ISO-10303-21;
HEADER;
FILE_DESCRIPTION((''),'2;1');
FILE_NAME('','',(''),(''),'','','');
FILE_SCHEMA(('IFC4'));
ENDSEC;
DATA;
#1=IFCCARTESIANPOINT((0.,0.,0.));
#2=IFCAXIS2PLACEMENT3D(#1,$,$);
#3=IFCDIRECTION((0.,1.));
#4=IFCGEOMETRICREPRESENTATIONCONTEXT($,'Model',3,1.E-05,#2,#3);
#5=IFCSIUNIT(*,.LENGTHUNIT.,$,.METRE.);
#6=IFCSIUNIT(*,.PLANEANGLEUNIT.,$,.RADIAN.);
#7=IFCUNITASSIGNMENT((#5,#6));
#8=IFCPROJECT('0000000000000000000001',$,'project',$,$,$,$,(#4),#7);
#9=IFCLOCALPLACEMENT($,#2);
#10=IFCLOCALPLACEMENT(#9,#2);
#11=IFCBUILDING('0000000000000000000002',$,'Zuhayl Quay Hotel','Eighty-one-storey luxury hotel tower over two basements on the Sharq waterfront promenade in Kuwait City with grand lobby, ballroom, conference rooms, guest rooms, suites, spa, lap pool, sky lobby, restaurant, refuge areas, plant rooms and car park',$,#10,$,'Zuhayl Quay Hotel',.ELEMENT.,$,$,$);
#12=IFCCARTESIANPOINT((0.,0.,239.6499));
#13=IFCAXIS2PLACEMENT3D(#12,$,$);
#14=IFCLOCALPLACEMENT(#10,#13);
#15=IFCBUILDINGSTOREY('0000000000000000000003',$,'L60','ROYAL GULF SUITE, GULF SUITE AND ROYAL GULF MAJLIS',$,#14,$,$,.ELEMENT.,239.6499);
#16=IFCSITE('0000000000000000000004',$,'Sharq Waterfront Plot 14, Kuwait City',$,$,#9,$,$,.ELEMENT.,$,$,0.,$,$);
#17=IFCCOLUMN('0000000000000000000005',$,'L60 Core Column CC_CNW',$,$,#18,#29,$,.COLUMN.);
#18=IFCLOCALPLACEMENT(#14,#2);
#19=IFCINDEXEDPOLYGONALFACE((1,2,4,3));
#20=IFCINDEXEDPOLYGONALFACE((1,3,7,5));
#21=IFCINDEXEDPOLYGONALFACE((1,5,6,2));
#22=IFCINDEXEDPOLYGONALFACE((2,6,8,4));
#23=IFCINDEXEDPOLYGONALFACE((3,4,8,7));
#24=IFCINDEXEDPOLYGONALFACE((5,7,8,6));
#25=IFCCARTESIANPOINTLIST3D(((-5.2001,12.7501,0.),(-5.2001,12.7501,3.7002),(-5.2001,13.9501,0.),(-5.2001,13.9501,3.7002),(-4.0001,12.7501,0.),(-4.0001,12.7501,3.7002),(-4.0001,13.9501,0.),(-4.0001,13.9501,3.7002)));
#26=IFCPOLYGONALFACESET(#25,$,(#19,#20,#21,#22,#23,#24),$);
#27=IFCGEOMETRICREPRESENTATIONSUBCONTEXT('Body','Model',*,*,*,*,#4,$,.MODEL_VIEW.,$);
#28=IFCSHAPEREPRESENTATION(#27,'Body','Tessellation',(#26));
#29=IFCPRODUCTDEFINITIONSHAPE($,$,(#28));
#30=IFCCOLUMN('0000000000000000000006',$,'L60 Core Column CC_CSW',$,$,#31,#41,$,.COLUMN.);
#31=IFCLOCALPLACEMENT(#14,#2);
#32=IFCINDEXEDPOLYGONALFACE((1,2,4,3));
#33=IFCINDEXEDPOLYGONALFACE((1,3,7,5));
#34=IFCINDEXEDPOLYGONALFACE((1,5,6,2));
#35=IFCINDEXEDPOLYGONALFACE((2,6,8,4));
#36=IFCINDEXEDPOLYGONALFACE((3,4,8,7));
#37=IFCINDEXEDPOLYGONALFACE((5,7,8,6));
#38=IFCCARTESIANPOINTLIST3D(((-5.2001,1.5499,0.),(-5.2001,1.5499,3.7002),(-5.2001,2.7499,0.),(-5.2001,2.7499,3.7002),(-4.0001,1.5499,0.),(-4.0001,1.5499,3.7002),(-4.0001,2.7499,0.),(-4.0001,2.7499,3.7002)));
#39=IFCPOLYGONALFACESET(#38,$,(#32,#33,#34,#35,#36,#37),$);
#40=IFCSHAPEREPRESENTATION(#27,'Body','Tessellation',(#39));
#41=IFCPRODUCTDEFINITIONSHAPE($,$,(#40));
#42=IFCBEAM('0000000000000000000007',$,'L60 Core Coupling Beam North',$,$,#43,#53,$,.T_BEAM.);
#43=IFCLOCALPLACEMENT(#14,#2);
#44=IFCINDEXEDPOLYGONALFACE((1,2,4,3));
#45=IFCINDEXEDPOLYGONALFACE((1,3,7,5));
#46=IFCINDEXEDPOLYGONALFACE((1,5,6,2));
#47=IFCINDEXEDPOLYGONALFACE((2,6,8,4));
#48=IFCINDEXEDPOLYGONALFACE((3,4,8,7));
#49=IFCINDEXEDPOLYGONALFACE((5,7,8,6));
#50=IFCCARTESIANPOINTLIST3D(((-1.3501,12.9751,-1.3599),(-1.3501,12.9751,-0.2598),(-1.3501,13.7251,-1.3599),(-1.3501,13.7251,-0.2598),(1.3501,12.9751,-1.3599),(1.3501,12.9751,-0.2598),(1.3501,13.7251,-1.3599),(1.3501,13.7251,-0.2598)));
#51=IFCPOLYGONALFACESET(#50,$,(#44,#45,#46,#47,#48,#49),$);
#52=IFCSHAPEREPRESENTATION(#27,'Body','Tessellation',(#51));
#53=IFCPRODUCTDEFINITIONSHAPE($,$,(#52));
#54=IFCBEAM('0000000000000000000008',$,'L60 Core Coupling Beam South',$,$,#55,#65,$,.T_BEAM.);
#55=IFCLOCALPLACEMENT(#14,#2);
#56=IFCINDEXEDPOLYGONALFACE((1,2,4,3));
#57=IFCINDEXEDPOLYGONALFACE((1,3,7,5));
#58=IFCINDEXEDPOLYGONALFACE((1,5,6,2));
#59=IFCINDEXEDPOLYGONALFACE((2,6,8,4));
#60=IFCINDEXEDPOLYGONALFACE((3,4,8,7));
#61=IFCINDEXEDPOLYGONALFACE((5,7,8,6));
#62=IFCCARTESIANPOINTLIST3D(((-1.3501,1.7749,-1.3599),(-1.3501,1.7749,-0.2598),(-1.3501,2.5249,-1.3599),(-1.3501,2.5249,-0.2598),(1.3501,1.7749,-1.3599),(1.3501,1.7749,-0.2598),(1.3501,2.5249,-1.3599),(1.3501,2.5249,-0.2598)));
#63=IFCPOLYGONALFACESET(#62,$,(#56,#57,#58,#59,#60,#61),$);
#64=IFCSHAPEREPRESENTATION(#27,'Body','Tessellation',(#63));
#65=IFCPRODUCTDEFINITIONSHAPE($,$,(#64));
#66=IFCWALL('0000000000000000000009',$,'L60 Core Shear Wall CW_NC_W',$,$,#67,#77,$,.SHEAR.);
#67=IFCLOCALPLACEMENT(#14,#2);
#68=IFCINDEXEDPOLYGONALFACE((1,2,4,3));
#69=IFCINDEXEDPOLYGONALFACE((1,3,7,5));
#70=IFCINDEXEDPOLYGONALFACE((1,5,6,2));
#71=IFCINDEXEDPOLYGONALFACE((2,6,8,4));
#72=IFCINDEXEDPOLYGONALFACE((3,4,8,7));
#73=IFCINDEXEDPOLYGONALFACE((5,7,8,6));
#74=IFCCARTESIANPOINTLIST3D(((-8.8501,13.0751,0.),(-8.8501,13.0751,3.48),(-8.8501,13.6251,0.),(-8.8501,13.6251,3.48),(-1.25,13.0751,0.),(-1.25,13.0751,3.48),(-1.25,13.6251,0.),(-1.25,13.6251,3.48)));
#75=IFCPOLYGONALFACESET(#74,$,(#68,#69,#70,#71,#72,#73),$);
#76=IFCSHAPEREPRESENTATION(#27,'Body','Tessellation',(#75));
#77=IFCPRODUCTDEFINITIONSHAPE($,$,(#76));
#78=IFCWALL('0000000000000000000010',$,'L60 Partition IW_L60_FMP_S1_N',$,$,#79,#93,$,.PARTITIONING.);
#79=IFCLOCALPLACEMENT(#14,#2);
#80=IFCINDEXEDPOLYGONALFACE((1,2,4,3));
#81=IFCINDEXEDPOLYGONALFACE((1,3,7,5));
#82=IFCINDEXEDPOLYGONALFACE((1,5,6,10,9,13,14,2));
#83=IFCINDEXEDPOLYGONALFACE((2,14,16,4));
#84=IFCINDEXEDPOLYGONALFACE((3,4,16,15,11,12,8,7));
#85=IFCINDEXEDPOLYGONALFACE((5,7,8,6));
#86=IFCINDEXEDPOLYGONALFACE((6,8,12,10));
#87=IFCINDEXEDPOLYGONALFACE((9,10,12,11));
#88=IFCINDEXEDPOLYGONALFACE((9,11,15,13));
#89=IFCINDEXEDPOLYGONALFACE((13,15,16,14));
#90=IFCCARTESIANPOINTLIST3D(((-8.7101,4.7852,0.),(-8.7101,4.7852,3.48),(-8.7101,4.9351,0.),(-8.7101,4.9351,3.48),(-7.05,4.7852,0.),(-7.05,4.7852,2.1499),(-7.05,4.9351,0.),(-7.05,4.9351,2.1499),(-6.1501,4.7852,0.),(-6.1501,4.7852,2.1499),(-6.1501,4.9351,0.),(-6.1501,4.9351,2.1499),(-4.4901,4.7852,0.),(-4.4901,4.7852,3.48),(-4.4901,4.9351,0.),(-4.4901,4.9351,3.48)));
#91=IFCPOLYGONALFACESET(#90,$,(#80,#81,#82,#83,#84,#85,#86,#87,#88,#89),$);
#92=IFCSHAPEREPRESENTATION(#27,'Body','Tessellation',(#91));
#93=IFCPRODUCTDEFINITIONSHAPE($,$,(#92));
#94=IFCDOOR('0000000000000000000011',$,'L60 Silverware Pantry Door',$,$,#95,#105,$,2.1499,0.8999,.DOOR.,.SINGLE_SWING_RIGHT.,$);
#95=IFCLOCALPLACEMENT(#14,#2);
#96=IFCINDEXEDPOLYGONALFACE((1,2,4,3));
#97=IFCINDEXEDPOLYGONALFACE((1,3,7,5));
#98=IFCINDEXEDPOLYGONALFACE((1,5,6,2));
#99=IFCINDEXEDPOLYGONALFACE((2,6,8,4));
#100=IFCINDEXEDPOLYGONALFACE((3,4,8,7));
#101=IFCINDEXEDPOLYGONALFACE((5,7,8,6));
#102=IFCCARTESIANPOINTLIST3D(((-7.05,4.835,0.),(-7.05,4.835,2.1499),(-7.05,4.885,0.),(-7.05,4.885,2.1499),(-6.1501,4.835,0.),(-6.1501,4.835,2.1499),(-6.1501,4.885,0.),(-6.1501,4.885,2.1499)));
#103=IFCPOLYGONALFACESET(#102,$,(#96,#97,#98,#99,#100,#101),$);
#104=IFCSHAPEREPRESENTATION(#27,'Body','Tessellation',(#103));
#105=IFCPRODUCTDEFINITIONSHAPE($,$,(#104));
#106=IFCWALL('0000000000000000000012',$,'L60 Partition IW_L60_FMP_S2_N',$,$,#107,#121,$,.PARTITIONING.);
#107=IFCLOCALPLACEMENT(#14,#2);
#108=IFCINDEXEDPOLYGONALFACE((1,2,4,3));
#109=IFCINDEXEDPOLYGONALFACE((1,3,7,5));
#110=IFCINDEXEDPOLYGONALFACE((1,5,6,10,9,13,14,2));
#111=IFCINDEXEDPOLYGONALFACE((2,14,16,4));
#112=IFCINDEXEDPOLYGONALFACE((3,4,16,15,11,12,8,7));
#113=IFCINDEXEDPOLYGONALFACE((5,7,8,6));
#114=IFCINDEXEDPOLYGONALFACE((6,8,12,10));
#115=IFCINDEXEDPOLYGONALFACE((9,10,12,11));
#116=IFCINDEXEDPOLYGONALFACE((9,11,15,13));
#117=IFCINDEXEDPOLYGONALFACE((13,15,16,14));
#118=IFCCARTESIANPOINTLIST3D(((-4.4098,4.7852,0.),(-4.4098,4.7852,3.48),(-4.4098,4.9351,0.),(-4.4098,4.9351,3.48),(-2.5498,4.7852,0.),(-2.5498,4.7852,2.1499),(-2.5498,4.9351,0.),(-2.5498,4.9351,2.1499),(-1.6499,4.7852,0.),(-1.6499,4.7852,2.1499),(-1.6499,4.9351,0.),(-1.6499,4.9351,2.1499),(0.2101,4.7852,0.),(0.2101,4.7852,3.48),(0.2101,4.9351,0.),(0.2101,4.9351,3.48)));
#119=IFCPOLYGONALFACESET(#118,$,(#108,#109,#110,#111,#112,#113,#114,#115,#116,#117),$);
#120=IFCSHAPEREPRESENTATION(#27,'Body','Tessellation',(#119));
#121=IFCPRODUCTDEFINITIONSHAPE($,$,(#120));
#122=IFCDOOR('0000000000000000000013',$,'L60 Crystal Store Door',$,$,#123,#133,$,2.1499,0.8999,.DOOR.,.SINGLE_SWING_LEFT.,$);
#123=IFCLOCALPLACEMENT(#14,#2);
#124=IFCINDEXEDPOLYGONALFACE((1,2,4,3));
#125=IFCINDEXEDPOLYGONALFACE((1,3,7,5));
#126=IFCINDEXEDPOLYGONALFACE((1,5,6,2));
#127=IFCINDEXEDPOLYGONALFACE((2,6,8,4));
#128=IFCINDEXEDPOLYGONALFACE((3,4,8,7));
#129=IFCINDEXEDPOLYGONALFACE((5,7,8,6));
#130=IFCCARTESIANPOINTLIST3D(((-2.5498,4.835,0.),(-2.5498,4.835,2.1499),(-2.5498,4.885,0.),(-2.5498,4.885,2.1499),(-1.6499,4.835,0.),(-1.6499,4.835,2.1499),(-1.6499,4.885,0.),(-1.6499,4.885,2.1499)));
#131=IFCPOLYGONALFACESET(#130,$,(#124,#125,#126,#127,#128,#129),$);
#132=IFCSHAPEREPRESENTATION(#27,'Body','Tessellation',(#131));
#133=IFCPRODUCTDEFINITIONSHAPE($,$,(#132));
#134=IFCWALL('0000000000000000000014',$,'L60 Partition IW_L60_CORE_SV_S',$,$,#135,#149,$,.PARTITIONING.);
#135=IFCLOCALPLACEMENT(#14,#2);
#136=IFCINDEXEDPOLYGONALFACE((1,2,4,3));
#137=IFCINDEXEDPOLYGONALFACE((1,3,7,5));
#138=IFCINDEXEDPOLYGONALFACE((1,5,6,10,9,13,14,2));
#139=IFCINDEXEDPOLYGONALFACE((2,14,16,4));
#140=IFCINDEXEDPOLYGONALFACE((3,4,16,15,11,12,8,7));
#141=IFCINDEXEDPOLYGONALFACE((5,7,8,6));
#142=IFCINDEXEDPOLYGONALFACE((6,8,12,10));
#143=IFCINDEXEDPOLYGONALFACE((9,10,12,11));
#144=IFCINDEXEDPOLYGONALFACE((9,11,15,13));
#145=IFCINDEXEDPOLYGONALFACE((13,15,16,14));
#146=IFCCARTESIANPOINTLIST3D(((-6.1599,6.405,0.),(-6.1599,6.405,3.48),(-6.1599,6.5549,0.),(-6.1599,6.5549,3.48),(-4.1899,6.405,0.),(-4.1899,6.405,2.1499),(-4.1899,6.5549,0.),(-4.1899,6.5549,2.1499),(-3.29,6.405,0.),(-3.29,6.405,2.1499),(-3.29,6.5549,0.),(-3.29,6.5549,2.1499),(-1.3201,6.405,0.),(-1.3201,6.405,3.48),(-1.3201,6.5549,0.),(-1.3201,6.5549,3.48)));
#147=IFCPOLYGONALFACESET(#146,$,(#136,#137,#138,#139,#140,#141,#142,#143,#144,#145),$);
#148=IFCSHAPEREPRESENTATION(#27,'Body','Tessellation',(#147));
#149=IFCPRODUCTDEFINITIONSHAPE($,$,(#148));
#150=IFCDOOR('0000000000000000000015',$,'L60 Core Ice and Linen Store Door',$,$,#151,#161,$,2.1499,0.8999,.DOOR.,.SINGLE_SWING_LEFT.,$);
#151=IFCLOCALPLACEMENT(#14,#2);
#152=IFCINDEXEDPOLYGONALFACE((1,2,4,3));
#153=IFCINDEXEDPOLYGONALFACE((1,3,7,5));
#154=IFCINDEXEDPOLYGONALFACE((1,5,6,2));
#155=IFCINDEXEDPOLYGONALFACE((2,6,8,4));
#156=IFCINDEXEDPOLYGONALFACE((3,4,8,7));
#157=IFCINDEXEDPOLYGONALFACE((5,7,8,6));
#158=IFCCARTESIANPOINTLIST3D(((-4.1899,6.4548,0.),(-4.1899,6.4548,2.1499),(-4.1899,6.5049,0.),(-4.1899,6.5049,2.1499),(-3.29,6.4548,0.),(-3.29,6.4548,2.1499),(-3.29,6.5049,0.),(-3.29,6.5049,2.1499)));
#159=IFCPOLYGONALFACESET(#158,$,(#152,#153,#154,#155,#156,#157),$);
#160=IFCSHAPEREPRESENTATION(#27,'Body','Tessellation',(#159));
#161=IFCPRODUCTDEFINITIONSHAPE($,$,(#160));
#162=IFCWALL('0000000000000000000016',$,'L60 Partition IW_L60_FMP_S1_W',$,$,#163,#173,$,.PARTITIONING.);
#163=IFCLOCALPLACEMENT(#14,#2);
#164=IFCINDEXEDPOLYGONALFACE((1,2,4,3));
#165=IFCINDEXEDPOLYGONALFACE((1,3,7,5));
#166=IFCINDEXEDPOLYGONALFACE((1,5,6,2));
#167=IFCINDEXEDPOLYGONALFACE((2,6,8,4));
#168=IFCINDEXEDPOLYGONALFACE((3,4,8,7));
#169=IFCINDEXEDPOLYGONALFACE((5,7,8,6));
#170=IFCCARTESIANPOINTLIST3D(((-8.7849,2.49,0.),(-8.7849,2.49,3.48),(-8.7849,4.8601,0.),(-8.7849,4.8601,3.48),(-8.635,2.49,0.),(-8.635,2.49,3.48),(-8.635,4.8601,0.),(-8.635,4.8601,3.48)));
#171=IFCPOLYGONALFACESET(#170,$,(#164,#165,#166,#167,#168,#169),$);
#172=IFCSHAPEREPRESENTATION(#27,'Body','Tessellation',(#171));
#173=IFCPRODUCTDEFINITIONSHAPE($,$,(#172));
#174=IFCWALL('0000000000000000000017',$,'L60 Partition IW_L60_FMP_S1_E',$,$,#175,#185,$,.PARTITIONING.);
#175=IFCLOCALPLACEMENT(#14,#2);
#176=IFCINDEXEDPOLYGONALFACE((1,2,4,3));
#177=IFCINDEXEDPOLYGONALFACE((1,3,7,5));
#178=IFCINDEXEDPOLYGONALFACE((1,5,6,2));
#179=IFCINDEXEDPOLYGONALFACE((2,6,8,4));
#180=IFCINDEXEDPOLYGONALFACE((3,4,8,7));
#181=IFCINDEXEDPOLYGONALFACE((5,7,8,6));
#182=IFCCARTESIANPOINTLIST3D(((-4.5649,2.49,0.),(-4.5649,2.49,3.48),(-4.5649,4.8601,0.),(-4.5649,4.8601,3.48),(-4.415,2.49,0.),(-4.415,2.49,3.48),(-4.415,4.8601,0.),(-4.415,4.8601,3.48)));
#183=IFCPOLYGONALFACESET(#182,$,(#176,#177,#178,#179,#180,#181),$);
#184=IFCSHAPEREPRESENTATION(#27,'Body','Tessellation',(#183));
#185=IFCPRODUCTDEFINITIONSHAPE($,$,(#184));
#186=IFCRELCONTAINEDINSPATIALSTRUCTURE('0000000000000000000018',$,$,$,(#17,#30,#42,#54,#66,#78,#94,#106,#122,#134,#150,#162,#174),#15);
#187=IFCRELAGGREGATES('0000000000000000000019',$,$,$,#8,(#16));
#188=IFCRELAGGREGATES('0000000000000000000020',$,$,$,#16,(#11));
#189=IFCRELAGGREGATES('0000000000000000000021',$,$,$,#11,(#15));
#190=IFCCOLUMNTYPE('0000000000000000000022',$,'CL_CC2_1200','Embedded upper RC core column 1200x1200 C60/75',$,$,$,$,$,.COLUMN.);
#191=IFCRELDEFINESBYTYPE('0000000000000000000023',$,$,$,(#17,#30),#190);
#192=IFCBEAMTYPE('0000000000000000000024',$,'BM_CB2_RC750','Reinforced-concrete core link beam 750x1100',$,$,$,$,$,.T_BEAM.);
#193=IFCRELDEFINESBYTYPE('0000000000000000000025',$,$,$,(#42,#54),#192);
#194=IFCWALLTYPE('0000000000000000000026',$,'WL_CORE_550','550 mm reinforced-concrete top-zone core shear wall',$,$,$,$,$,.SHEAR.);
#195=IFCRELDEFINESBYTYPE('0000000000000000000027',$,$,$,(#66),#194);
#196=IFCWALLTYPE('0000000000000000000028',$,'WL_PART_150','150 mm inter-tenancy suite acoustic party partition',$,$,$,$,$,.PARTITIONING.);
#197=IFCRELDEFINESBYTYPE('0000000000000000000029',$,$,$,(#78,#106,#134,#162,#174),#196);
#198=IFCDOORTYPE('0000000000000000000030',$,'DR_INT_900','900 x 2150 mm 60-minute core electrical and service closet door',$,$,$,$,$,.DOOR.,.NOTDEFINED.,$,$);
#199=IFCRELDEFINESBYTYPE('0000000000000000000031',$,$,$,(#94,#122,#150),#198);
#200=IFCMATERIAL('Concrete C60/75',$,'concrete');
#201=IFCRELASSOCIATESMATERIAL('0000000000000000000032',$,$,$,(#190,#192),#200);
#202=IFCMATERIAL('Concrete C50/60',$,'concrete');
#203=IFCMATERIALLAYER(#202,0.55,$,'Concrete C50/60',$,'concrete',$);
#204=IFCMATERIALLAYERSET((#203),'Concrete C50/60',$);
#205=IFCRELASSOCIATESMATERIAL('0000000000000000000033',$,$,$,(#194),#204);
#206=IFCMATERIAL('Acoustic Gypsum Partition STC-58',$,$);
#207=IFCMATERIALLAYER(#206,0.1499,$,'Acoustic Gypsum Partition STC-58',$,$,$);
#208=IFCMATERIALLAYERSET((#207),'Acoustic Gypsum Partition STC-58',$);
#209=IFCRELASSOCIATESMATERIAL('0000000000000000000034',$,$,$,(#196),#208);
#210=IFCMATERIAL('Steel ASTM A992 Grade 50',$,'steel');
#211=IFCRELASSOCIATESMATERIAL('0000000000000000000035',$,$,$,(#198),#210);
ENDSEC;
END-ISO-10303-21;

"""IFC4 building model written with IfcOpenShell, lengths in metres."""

from ifc_helpers import new_model, si_unit, direction, frame, frame_2d, origin, origin_2d, place, context, subcontext, project, spatial, rectangle, extrude, material, layer, layer_set, material_profile, profile_set, type_object, element, fill, save


model = new_model("IFC4")

# Units and contexts
model_context = context("Model", 3, precision=1e-05, world=origin(), true_north=direction((0.0, 1.0)))
body_context = subcontext(model_context, "Body", "Model", "MODEL_VIEW")
ifc_project = project(units=[si_unit("LENGTHUNIT", "METRE"), si_unit("PLANEANGLEUNIT", "RADIAN")], contexts=[model_context])

# Site, building, storey
site_placement = place(None, origin())
site = spatial("IfcSite", under=ifc_project, at=site_placement, Name="Sharq Waterfront Plot 14, Kuwait City", CompositionType="ELEMENT", RefElevation=0.0)
building_placement = place(site_placement, origin())
building = spatial("IfcBuilding", under=site, at=building_placement, Name="Zuhayl Quay Hotel", Description="Eighty-one-storey luxury hotel tower over two basements on the Sharq waterfront promenade in Kuwait City with grand lobby, ballroom, conference rooms, guest rooms, suites, spa, lap pool, sky lobby, restaurant, refuge areas, plant rooms and car park", LongName="Zuhayl Quay Hotel", CompositionType="ELEMENT")
storey_placement = place(building_placement, frame((0.0, 0.0, 239.6499)))
storey = spatial("IfcBuildingStorey", under=building, at=storey_placement, Name="L60", Description="ROYAL GULF SUITE, GULF SUITE AND ROYAL GULF MAJLIS", CompositionType="ELEMENT", Elevation=239.6499)

# Columns
ifc_material_1 = material(Name="Concrete C60/75", Category="concrete")
ifc_material_profile_1 = material_profile(ifc_material_1, rectangle(XDim=1.2, YDim=1.2, at=origin_2d()), Name="RC1200X1200")
ifc_profile_set_1 = profile_set([ifc_material_profile_1], Name="Concrete C60/75")
column_type = type_object("IfcColumnType", Name="CL_CC2_1200", Description="Embedded upper RC core column 1200x1200 C60/75", PredefinedType="COLUMN", material=ifc_profile_set_1)
for number, where, z_axis, x_axis, name in (
    (1, (-4.6001, 13.3501, 0.0), (0.0, 0.0, 1.0), (1.0, 0.0, 0.0), "L60 Core Column CC_CNW"),
    (2, (-4.6001, 2.1499, 0.0), (0.0, 0.0, 1.0), (1.0, 0.0, 0.0), "L60 Core Column CC_CSW"),
):
    element("IfcColumn", number, at=place(storey_placement, frame(where, z_axis=z_axis, x_axis=x_axis)), inside=storey, type_object=column_type, Name=name, PredefinedType="COLUMN", context=body_context, shape_type="SweptSolid", body=[
        extrude(rectangle(XDim=1.2, YDim=1.2, at=origin_2d()), origin(), (0.0, 0.0, 1.0), 3.7002),
    ])

# Beams
ifc_material_profile_2 = material_profile(ifc_material_1, rectangle(XDim=0.75, YDim=1.1001, at=origin_2d()), Name="RC750X1100")
ifc_profile_set_2 = profile_set([ifc_material_profile_2], Name="Concrete C60/75")
beam_type = type_object("IfcBeamType", Name="BM_CB2_RC750", Description="Reinforced-concrete core link beam 750x1100", PredefinedType="T_BEAM", material=ifc_profile_set_2)
for number, where, z_axis, x_axis, name in (
    (3, (-1.3501, 13.3501, -0.8098), (1.0, 0.0, 0.0), (0.0, 1.0, 0.0), "L60 Core Coupling Beam North"),
    (4, (-1.3501, 2.1499, -0.8098), (1.0, 0.0, 0.0), (0.0, 1.0, 0.0), "L60 Core Coupling Beam South"),
):
    element("IfcBeam", number, at=place(storey_placement, frame(where, z_axis=z_axis, x_axis=x_axis)), inside=storey, type_object=beam_type, Name=name, PredefinedType="T_BEAM", context=body_context, shape_type="SweptSolid", body=[
        extrude(rectangle(XDim=0.75, YDim=1.1001, at=origin_2d()), origin(), (0.0, 0.0, 1.0), 2.7002),
    ])

# Wall
ifc_material_2 = material(Name="Concrete C50/60", Category="concrete")
ifc_layer_1 = layer(ifc_material_2, 0.55, Name="Concrete C50/60", Category="concrete")
ifc_layer_set_1 = layer_set([ifc_layer_1], Name="Concrete C50/60")
wall_type_1 = type_object("IfcWallType", Name="WL_CORE_550", Description="550 mm reinforced-concrete top-zone core shear wall", PredefinedType="SHEAR", material=ifc_layer_set_1)
wall_1_placement = place(storey_placement, frame((-8.8501, 13.3501, 0.0), z_axis=(0.0, 0.0, 1.0), x_axis=(1.0, 0.0, 0.0)))
element("IfcWall", 5, at=wall_1_placement, inside=storey, type_object=wall_type_1, Name="L60 Core Shear Wall CW_NC_W", PredefinedType="SHEAR", context=body_context, shape_type="SweptSolid", body=[
    extrude(rectangle(XDim=7.6001, YDim=0.55, at=frame_2d((3.8, 0.0))), origin(), (0.0, 0.0, 1.0), 3.48),
])

# Walls, openings, doors
ifc_material_3 = material(Name="Acoustic Gypsum Partition STC-58")
ifc_layer_2 = layer(ifc_material_3, 0.1499, Name="Acoustic Gypsum Partition STC-58")
ifc_layer_set_2 = layer_set([ifc_layer_2], Name="Acoustic Gypsum Partition STC-58")
wall_type_2 = type_object("IfcWallType", Name="WL_PART_150", Description="150 mm inter-tenancy suite acoustic party partition", PredefinedType="PARTITIONING", material=ifc_layer_set_2)
wall_2_placement = place(storey_placement, frame((-8.71, 4.8601, 0.0), z_axis=(0.0, 0.0, 1.0), x_axis=(1.0, 0.0, 0.0)))
wall_2 = element("IfcWall", 6, at=wall_2_placement, inside=storey, type_object=wall_type_2, Name="L60 Partition IW_L60_FMP_S1_N", PredefinedType="PARTITIONING", context=body_context, shape_type="SweptSolid", body=[
    extrude(rectangle(XDim=4.22, YDim=0.1499, at=frame_2d((2.1099, 0.0))), origin(), (0.0, 0.0, 1.0), 3.48),
])
opening_1_placement = place(wall_2_placement, frame((1.6599, 0.0, 0.0)))
opening_1 = element("IfcOpeningElement", 7, at=opening_1_placement, cuts=wall_2, PredefinedType="OPENING", context=body_context, shape_type="SweptSolid", body=[
    extrude(rectangle(XDim=0.8999, YDim=2.1499, at=frame_2d((0.45, 1.075))), frame((0.0, 0.085, 0.0), z_axis=(0.0, -1.0, 0.0), x_axis=(1.0, 0.0, 0.0)), (0.0, 0.0, 1.0), 0.1699),
])
ifc_material_4 = material(Name="Steel ASTM A992 Grade 50", Category="steel")
door_type_1 = type_object("IfcDoorType", Name="DR_INT_900", Description="900 x 2150 mm 60-minute core electrical and service closet door", OperationType="NOTDEFINED", PredefinedType="DOOR", material=ifc_material_4)
door_1_placement = place(opening_1_placement, origin())
door_1 = element("IfcDoor", 8, at=door_1_placement, inside=storey, type_object=door_type_1, Name="L60 Silverware Pantry Door", OperationType="SINGLE_SWING_RIGHT", OverallHeight=2.1499, OverallWidth=0.8999, PredefinedType="DOOR", context=body_context, shape_type="SweptSolid", body=[
    extrude(rectangle(XDim=0.8999, YDim=2.1499, at=frame_2d((0.45, 1.075))), frame((0.0, 0.0249, 0.0), z_axis=(0.0, -1.0, 0.0), x_axis=(1.0, 0.0, 0.0)), (0.0, 0.0, 1.0), 0.05),
])
fill(opening_1, door_1)
wall_3_placement = place(storey_placement, frame((-4.4099, 4.8601, 0.0), z_axis=(0.0, 0.0, 1.0), x_axis=(1.0, 0.0, 0.0)))
wall_3 = element("IfcWall", 9, at=wall_3_placement, inside=storey, type_object=wall_type_2, Name="L60 Partition IW_L60_FMP_S2_N", PredefinedType="PARTITIONING", context=body_context, shape_type="SweptSolid", body=[
    extrude(rectangle(XDim=4.6199, YDim=0.1499, at=frame_2d((2.3101, 0.0))), origin(), (0.0, 0.0, 1.0), 3.48),
])
opening_2_placement = place(wall_3_placement, frame((1.8601, 0.0, 0.0)))
opening_2 = element("IfcOpeningElement", 10, at=opening_2_placement, cuts=wall_3, PredefinedType="OPENING", context=body_context, shape_type="SweptSolid", body=[
    extrude(rectangle(XDim=0.8999, YDim=2.1499, at=frame_2d((0.45, 1.075))), frame((0.0, 0.085, 0.0), z_axis=(0.0, -1.0, 0.0), x_axis=(1.0, 0.0, 0.0)), (0.0, 0.0, 1.0), 0.1699),
])
door_2_placement = place(opening_2_placement, origin())
door_2 = element("IfcDoor", 11, at=door_2_placement, inside=storey, type_object=door_type_1, Name="L60 Crystal Store Door", OperationType="SINGLE_SWING_LEFT", OverallHeight=2.1499, OverallWidth=0.8999, PredefinedType="DOOR", context=body_context, shape_type="SweptSolid", body=[
    extrude(rectangle(XDim=0.8999, YDim=2.1499, at=frame_2d((0.45, 1.075))), frame((0.0, 0.0249, 0.0), z_axis=(0.0, -1.0, 0.0), x_axis=(1.0, 0.0, 0.0)), (0.0, 0.0, 1.0), 0.05),
])
fill(opening_2, door_2)
wall_4_placement = place(storey_placement, frame((-6.1599, 6.48, 0.0), z_axis=(0.0, 0.0, 1.0), x_axis=(1.0, 0.0, 0.0)))
wall_4 = element("IfcWall", 12, at=wall_4_placement, inside=storey, type_object=wall_type_2, Name="L60 Partition IW_L60_CORE_SV_S", PredefinedType="PARTITIONING", context=body_context, shape_type="SweptSolid", body=[
    extrude(rectangle(XDim=4.8398, YDim=0.1499, at=frame_2d((2.4199, 0.0))), origin(), (0.0, 0.0, 1.0), 3.48),
])
opening_3_placement = place(wall_4_placement, frame((1.97, 0.0, 0.0)))
opening_3 = element("IfcOpeningElement", 13, at=opening_3_placement, cuts=wall_4, PredefinedType="OPENING", context=body_context, shape_type="SweptSolid", body=[
    extrude(rectangle(XDim=0.8999, YDim=2.1499, at=frame_2d((0.45, 1.075))), frame((0.0, 0.085, 0.0), z_axis=(0.0, -1.0, 0.0), x_axis=(1.0, 0.0, 0.0)), (0.0, 0.0, 1.0), 0.1699),
])
door_3_placement = place(opening_3_placement, origin())
door_3 = element("IfcDoor", 14, at=door_3_placement, inside=storey, type_object=door_type_1, Name="L60 Core Ice and Linen Store Door", OperationType="SINGLE_SWING_LEFT", OverallHeight=2.1499, OverallWidth=0.8999, PredefinedType="DOOR", context=body_context, shape_type="SweptSolid", body=[
    extrude(rectangle(XDim=0.8999, YDim=2.1499, at=frame_2d((0.45, 1.075))), frame((0.0, 0.0249, 0.0), z_axis=(0.0, -1.0, 0.0), x_axis=(1.0, 0.0, 0.0)), (0.0, 0.0, 1.0), 0.05),
])
fill(opening_3, door_3)

# Walls
for number, where, z_axis, x_axis, name in (
    (15, (-8.71, 2.49, 0.0), (0.0, 0.0, 1.0), (0.0, 1.0, 0.0), "L60 Partition IW_L60_FMP_S1_W"),
    (16, (-4.49, 2.49, 0.0), (0.0, 0.0, 1.0), (0.0, 1.0, 0.0), "L60 Partition IW_L60_FMP_S1_E"),
):
    element("IfcWall", number, at=place(storey_placement, frame(where, z_axis=z_axis, x_axis=x_axis)), inside=storey, type_object=wall_type_2, Name=name, PredefinedType="PARTITIONING", context=body_context, shape_type="SweptSolid", body=[
        extrude(rectangle(XDim=2.3701, YDim=0.1499, at=frame_2d((1.1851, 0.0))), origin(), (0.0, 0.0, 1.0), 3.48),
    ])

save(model, "model.ifc")
